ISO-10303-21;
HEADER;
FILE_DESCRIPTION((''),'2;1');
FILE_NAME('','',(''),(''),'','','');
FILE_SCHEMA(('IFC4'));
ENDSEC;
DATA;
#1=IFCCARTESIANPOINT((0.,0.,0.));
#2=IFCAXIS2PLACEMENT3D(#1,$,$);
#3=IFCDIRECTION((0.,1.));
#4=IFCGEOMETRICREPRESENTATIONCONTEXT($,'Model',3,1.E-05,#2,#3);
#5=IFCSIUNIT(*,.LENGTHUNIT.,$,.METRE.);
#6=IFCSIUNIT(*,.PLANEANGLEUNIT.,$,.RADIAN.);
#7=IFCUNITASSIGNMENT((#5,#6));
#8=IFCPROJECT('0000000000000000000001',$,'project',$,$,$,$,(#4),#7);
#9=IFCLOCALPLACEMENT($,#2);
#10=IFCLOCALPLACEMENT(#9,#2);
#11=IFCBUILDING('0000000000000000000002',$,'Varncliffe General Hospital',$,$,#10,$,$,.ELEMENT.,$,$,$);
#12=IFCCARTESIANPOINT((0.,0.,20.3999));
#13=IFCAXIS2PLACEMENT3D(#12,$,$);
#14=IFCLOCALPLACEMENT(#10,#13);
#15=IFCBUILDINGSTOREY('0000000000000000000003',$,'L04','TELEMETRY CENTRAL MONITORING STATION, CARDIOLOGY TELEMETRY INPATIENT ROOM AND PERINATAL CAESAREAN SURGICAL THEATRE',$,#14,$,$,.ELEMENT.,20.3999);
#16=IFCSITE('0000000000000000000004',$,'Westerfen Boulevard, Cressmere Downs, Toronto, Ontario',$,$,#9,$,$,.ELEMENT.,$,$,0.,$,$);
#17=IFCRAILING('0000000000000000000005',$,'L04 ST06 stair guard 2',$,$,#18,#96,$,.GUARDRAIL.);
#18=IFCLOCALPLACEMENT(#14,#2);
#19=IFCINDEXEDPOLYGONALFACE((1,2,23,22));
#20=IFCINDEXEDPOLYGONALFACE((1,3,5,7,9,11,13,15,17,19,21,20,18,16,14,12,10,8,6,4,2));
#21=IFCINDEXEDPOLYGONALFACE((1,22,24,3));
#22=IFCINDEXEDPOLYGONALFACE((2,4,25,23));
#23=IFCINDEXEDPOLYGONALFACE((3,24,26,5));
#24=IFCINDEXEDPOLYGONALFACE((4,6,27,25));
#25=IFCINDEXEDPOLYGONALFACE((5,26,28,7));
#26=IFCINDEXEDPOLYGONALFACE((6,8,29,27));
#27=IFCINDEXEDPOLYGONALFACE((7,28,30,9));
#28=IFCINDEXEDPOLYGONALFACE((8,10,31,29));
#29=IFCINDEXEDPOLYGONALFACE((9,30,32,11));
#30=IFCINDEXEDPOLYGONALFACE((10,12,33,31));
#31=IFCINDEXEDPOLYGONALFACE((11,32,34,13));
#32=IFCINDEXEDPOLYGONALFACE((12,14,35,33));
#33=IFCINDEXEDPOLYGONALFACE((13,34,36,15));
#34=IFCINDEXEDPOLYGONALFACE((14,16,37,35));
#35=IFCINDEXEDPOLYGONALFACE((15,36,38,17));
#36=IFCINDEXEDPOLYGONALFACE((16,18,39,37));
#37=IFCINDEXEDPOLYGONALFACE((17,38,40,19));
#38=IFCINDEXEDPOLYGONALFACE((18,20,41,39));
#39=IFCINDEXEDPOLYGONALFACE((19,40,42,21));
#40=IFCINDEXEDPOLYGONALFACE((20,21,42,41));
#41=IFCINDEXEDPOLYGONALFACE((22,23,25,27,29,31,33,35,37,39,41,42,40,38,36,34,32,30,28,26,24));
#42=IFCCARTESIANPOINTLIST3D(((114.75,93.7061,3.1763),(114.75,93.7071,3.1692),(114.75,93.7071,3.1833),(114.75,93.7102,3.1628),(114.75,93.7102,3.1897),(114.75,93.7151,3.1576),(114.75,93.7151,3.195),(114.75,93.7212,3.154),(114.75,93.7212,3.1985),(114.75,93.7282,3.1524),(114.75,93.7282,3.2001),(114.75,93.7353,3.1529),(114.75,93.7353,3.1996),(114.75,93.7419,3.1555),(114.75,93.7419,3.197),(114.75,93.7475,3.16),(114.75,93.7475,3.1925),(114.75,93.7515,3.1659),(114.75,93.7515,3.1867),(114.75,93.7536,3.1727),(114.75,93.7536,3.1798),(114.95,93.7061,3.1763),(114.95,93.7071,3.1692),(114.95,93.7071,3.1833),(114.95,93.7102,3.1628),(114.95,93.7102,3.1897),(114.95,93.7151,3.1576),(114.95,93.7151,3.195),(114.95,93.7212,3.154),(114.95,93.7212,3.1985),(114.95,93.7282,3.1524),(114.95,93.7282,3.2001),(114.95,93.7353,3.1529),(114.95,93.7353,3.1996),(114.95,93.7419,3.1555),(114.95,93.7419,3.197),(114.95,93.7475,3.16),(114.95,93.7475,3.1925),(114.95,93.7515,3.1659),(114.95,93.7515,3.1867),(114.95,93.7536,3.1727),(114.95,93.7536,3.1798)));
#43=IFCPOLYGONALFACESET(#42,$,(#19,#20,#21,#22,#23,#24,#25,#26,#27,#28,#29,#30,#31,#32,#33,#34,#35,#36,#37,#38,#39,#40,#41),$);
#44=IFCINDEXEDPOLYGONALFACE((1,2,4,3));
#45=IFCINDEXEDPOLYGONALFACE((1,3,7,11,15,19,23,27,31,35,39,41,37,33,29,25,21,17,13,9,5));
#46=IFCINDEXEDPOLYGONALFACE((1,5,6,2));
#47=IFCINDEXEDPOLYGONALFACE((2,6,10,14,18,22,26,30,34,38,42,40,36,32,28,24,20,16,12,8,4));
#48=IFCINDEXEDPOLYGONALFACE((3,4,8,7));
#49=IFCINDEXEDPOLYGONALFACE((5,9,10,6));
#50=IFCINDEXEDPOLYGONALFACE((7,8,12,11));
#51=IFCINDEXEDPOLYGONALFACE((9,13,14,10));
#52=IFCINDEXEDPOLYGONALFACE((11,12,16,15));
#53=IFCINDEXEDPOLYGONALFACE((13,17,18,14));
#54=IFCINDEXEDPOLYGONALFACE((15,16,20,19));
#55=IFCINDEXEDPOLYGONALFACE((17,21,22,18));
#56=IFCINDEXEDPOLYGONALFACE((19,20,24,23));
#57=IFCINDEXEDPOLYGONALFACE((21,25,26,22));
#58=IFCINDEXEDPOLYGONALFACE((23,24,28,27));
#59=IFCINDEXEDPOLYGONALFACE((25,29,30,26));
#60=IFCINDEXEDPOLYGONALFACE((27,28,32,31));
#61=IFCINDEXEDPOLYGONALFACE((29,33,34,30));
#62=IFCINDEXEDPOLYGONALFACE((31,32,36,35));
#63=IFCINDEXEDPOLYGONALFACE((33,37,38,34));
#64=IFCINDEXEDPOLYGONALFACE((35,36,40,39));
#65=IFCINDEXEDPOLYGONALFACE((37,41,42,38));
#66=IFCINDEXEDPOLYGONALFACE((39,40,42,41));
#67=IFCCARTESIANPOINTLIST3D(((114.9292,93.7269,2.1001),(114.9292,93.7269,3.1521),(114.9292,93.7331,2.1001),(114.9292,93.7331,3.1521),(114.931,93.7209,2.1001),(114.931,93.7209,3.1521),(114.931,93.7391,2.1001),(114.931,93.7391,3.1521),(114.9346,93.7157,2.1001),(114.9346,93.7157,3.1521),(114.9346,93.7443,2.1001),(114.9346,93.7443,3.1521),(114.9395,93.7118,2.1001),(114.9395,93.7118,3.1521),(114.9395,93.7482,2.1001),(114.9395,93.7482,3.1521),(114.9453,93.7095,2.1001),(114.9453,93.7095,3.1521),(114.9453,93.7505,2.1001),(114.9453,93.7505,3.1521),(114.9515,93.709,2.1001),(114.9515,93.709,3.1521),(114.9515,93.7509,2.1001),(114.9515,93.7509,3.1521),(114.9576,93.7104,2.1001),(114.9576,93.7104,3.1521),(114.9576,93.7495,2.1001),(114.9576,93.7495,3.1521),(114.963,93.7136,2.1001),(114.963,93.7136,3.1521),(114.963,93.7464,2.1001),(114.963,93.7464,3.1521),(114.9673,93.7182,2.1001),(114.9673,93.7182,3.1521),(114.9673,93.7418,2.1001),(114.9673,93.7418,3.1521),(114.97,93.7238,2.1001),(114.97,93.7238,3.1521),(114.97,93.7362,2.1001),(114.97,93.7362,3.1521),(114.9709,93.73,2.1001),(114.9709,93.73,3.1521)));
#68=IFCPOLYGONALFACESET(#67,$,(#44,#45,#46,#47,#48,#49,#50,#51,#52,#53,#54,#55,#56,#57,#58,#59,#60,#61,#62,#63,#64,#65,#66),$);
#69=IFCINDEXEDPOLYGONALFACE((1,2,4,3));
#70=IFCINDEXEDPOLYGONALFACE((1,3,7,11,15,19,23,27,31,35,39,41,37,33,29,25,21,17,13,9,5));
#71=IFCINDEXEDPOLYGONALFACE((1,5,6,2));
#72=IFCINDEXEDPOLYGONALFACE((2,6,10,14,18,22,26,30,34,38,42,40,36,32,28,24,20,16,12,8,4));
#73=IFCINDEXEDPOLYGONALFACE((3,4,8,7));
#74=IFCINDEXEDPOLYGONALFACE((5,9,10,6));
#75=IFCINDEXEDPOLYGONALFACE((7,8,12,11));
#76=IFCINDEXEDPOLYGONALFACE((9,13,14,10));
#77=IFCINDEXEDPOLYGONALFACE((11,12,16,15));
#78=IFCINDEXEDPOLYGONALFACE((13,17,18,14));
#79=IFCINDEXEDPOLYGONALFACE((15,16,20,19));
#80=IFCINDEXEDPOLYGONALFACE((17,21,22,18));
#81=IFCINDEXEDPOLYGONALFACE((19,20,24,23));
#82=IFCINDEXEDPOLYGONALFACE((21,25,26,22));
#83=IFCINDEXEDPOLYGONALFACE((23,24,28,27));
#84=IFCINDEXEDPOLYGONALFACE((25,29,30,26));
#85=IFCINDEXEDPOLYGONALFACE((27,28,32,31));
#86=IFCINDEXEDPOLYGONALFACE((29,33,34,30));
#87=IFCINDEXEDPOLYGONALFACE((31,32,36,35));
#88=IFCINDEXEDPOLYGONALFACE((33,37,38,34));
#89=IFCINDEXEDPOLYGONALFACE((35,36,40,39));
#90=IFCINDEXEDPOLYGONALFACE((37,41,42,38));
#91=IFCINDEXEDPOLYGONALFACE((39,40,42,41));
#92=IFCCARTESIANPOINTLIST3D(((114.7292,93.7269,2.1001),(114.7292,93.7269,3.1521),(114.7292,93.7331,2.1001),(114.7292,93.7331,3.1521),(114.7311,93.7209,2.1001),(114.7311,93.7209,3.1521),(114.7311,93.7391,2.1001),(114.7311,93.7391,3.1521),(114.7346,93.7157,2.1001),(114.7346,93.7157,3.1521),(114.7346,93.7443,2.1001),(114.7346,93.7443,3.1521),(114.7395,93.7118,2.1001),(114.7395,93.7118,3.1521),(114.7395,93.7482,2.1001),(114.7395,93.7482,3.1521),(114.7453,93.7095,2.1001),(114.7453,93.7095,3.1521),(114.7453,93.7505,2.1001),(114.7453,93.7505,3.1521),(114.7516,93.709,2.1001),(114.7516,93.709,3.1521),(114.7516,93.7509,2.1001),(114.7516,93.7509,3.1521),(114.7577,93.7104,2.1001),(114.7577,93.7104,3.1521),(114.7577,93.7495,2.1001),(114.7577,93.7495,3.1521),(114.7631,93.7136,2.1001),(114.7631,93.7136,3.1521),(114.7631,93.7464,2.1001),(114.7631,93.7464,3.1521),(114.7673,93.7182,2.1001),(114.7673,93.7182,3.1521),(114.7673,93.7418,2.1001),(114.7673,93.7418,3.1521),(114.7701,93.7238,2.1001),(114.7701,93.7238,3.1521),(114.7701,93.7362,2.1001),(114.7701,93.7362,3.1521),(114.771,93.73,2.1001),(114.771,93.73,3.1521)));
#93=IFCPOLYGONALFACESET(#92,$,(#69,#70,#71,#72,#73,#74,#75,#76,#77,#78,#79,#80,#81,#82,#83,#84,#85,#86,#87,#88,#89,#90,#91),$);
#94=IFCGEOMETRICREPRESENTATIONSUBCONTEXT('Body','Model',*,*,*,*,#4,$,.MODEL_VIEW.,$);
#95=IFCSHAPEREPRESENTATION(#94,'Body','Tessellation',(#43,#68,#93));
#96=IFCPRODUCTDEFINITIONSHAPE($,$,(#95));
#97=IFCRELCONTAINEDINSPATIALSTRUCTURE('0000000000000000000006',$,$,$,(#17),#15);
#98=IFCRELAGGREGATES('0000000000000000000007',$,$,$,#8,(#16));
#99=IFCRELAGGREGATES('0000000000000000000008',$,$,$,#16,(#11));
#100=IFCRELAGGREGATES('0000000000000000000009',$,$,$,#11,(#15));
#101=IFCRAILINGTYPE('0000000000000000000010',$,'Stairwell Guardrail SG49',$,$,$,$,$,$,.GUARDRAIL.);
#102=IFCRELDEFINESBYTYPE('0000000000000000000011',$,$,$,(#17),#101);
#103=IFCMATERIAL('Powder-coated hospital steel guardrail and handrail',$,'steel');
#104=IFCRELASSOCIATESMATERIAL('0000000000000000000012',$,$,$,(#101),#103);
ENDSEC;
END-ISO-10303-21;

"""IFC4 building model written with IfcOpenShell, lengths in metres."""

from ifc_helpers import new_model, si_unit, direction, frame, origin, origin_2d, place, context, subcontext, project, spatial, circle, extrude, material, type_object, element, save


model = new_model("IFC4")

# Units and contexts
model_context = context("Model", 3, precision=1e-05, world=origin(), true_north=direction((0.0, 1.0)))
body_context = subcontext(model_context, "Body", "Model", "MODEL_VIEW")
ifc_project = project(units=[si_unit("LENGTHUNIT", "METRE"), si_unit("PLANEANGLEUNIT", "RADIAN")], contexts=[model_context])

# Site, building, storey
site_placement = place(None, origin())
site = spatial("IfcSite", under=ifc_project, at=site_placement, Name="Westerfen Boulevard, Cressmere Downs, Toronto, Ontario", CompositionType="ELEMENT", RefElevation=0.0)
building_placement = place(site_placement, origin())
building = spatial("IfcBuilding", under=site, at=building_placement, Name="Varncliffe General Hospital", CompositionType="ELEMENT")
storey_placement = place(building_placement, frame((0.0, 0.0, 20.3999)))
storey = spatial("IfcBuildingStorey", under=building, at=storey_placement, Name="L04", Description="TELEMETRY CENTRAL MONITORING STATION, CARDIOLOGY TELEMETRY INPATIENT ROOM AND PERINATAL CAESAREAN SURGICAL THEATRE", CompositionType="ELEMENT", Elevation=20.3999)

# Railing
ifc_material_1 = material(Name="Powder-coated hospital steel guardrail and handrail", Category="steel")
railing_type_1 = type_object("IfcRailingType", Name="Stairwell Guardrail SG49", PredefinedType="GUARDRAIL", material=ifc_material_1)
railing_1_placement = place(storey_placement, frame((114.95, 93.73, 2.1001)))
element("IfcRailing", 1, at=railing_1_placement, inside=storey, type_object=railing_type_1, Name="L04 ST06 stair guard 2", PredefinedType="GUARDRAIL", context=body_context, shape_type="SweptSolid", body=[
    extrude(circle(Radius=0.0239, at=origin_2d()), frame((0.0, 0.0, 1.0762), z_axis=(-1.0, 0.0, 0.0), x_axis=(0.0, -1.0, 0.0)), (0.0, 0.0, 1.0), 0.2),
    extrude(circle(Radius=0.021, at=origin_2d()), origin(), (0.0, 0.0, 1.0), 1.052),
    extrude(circle(Radius=0.021, at=origin_2d()), frame((-0.2, 0.0, 0.0)), (0.0, 0.0, 1.0), 1.052),
])

save(model, "model.ifc")
